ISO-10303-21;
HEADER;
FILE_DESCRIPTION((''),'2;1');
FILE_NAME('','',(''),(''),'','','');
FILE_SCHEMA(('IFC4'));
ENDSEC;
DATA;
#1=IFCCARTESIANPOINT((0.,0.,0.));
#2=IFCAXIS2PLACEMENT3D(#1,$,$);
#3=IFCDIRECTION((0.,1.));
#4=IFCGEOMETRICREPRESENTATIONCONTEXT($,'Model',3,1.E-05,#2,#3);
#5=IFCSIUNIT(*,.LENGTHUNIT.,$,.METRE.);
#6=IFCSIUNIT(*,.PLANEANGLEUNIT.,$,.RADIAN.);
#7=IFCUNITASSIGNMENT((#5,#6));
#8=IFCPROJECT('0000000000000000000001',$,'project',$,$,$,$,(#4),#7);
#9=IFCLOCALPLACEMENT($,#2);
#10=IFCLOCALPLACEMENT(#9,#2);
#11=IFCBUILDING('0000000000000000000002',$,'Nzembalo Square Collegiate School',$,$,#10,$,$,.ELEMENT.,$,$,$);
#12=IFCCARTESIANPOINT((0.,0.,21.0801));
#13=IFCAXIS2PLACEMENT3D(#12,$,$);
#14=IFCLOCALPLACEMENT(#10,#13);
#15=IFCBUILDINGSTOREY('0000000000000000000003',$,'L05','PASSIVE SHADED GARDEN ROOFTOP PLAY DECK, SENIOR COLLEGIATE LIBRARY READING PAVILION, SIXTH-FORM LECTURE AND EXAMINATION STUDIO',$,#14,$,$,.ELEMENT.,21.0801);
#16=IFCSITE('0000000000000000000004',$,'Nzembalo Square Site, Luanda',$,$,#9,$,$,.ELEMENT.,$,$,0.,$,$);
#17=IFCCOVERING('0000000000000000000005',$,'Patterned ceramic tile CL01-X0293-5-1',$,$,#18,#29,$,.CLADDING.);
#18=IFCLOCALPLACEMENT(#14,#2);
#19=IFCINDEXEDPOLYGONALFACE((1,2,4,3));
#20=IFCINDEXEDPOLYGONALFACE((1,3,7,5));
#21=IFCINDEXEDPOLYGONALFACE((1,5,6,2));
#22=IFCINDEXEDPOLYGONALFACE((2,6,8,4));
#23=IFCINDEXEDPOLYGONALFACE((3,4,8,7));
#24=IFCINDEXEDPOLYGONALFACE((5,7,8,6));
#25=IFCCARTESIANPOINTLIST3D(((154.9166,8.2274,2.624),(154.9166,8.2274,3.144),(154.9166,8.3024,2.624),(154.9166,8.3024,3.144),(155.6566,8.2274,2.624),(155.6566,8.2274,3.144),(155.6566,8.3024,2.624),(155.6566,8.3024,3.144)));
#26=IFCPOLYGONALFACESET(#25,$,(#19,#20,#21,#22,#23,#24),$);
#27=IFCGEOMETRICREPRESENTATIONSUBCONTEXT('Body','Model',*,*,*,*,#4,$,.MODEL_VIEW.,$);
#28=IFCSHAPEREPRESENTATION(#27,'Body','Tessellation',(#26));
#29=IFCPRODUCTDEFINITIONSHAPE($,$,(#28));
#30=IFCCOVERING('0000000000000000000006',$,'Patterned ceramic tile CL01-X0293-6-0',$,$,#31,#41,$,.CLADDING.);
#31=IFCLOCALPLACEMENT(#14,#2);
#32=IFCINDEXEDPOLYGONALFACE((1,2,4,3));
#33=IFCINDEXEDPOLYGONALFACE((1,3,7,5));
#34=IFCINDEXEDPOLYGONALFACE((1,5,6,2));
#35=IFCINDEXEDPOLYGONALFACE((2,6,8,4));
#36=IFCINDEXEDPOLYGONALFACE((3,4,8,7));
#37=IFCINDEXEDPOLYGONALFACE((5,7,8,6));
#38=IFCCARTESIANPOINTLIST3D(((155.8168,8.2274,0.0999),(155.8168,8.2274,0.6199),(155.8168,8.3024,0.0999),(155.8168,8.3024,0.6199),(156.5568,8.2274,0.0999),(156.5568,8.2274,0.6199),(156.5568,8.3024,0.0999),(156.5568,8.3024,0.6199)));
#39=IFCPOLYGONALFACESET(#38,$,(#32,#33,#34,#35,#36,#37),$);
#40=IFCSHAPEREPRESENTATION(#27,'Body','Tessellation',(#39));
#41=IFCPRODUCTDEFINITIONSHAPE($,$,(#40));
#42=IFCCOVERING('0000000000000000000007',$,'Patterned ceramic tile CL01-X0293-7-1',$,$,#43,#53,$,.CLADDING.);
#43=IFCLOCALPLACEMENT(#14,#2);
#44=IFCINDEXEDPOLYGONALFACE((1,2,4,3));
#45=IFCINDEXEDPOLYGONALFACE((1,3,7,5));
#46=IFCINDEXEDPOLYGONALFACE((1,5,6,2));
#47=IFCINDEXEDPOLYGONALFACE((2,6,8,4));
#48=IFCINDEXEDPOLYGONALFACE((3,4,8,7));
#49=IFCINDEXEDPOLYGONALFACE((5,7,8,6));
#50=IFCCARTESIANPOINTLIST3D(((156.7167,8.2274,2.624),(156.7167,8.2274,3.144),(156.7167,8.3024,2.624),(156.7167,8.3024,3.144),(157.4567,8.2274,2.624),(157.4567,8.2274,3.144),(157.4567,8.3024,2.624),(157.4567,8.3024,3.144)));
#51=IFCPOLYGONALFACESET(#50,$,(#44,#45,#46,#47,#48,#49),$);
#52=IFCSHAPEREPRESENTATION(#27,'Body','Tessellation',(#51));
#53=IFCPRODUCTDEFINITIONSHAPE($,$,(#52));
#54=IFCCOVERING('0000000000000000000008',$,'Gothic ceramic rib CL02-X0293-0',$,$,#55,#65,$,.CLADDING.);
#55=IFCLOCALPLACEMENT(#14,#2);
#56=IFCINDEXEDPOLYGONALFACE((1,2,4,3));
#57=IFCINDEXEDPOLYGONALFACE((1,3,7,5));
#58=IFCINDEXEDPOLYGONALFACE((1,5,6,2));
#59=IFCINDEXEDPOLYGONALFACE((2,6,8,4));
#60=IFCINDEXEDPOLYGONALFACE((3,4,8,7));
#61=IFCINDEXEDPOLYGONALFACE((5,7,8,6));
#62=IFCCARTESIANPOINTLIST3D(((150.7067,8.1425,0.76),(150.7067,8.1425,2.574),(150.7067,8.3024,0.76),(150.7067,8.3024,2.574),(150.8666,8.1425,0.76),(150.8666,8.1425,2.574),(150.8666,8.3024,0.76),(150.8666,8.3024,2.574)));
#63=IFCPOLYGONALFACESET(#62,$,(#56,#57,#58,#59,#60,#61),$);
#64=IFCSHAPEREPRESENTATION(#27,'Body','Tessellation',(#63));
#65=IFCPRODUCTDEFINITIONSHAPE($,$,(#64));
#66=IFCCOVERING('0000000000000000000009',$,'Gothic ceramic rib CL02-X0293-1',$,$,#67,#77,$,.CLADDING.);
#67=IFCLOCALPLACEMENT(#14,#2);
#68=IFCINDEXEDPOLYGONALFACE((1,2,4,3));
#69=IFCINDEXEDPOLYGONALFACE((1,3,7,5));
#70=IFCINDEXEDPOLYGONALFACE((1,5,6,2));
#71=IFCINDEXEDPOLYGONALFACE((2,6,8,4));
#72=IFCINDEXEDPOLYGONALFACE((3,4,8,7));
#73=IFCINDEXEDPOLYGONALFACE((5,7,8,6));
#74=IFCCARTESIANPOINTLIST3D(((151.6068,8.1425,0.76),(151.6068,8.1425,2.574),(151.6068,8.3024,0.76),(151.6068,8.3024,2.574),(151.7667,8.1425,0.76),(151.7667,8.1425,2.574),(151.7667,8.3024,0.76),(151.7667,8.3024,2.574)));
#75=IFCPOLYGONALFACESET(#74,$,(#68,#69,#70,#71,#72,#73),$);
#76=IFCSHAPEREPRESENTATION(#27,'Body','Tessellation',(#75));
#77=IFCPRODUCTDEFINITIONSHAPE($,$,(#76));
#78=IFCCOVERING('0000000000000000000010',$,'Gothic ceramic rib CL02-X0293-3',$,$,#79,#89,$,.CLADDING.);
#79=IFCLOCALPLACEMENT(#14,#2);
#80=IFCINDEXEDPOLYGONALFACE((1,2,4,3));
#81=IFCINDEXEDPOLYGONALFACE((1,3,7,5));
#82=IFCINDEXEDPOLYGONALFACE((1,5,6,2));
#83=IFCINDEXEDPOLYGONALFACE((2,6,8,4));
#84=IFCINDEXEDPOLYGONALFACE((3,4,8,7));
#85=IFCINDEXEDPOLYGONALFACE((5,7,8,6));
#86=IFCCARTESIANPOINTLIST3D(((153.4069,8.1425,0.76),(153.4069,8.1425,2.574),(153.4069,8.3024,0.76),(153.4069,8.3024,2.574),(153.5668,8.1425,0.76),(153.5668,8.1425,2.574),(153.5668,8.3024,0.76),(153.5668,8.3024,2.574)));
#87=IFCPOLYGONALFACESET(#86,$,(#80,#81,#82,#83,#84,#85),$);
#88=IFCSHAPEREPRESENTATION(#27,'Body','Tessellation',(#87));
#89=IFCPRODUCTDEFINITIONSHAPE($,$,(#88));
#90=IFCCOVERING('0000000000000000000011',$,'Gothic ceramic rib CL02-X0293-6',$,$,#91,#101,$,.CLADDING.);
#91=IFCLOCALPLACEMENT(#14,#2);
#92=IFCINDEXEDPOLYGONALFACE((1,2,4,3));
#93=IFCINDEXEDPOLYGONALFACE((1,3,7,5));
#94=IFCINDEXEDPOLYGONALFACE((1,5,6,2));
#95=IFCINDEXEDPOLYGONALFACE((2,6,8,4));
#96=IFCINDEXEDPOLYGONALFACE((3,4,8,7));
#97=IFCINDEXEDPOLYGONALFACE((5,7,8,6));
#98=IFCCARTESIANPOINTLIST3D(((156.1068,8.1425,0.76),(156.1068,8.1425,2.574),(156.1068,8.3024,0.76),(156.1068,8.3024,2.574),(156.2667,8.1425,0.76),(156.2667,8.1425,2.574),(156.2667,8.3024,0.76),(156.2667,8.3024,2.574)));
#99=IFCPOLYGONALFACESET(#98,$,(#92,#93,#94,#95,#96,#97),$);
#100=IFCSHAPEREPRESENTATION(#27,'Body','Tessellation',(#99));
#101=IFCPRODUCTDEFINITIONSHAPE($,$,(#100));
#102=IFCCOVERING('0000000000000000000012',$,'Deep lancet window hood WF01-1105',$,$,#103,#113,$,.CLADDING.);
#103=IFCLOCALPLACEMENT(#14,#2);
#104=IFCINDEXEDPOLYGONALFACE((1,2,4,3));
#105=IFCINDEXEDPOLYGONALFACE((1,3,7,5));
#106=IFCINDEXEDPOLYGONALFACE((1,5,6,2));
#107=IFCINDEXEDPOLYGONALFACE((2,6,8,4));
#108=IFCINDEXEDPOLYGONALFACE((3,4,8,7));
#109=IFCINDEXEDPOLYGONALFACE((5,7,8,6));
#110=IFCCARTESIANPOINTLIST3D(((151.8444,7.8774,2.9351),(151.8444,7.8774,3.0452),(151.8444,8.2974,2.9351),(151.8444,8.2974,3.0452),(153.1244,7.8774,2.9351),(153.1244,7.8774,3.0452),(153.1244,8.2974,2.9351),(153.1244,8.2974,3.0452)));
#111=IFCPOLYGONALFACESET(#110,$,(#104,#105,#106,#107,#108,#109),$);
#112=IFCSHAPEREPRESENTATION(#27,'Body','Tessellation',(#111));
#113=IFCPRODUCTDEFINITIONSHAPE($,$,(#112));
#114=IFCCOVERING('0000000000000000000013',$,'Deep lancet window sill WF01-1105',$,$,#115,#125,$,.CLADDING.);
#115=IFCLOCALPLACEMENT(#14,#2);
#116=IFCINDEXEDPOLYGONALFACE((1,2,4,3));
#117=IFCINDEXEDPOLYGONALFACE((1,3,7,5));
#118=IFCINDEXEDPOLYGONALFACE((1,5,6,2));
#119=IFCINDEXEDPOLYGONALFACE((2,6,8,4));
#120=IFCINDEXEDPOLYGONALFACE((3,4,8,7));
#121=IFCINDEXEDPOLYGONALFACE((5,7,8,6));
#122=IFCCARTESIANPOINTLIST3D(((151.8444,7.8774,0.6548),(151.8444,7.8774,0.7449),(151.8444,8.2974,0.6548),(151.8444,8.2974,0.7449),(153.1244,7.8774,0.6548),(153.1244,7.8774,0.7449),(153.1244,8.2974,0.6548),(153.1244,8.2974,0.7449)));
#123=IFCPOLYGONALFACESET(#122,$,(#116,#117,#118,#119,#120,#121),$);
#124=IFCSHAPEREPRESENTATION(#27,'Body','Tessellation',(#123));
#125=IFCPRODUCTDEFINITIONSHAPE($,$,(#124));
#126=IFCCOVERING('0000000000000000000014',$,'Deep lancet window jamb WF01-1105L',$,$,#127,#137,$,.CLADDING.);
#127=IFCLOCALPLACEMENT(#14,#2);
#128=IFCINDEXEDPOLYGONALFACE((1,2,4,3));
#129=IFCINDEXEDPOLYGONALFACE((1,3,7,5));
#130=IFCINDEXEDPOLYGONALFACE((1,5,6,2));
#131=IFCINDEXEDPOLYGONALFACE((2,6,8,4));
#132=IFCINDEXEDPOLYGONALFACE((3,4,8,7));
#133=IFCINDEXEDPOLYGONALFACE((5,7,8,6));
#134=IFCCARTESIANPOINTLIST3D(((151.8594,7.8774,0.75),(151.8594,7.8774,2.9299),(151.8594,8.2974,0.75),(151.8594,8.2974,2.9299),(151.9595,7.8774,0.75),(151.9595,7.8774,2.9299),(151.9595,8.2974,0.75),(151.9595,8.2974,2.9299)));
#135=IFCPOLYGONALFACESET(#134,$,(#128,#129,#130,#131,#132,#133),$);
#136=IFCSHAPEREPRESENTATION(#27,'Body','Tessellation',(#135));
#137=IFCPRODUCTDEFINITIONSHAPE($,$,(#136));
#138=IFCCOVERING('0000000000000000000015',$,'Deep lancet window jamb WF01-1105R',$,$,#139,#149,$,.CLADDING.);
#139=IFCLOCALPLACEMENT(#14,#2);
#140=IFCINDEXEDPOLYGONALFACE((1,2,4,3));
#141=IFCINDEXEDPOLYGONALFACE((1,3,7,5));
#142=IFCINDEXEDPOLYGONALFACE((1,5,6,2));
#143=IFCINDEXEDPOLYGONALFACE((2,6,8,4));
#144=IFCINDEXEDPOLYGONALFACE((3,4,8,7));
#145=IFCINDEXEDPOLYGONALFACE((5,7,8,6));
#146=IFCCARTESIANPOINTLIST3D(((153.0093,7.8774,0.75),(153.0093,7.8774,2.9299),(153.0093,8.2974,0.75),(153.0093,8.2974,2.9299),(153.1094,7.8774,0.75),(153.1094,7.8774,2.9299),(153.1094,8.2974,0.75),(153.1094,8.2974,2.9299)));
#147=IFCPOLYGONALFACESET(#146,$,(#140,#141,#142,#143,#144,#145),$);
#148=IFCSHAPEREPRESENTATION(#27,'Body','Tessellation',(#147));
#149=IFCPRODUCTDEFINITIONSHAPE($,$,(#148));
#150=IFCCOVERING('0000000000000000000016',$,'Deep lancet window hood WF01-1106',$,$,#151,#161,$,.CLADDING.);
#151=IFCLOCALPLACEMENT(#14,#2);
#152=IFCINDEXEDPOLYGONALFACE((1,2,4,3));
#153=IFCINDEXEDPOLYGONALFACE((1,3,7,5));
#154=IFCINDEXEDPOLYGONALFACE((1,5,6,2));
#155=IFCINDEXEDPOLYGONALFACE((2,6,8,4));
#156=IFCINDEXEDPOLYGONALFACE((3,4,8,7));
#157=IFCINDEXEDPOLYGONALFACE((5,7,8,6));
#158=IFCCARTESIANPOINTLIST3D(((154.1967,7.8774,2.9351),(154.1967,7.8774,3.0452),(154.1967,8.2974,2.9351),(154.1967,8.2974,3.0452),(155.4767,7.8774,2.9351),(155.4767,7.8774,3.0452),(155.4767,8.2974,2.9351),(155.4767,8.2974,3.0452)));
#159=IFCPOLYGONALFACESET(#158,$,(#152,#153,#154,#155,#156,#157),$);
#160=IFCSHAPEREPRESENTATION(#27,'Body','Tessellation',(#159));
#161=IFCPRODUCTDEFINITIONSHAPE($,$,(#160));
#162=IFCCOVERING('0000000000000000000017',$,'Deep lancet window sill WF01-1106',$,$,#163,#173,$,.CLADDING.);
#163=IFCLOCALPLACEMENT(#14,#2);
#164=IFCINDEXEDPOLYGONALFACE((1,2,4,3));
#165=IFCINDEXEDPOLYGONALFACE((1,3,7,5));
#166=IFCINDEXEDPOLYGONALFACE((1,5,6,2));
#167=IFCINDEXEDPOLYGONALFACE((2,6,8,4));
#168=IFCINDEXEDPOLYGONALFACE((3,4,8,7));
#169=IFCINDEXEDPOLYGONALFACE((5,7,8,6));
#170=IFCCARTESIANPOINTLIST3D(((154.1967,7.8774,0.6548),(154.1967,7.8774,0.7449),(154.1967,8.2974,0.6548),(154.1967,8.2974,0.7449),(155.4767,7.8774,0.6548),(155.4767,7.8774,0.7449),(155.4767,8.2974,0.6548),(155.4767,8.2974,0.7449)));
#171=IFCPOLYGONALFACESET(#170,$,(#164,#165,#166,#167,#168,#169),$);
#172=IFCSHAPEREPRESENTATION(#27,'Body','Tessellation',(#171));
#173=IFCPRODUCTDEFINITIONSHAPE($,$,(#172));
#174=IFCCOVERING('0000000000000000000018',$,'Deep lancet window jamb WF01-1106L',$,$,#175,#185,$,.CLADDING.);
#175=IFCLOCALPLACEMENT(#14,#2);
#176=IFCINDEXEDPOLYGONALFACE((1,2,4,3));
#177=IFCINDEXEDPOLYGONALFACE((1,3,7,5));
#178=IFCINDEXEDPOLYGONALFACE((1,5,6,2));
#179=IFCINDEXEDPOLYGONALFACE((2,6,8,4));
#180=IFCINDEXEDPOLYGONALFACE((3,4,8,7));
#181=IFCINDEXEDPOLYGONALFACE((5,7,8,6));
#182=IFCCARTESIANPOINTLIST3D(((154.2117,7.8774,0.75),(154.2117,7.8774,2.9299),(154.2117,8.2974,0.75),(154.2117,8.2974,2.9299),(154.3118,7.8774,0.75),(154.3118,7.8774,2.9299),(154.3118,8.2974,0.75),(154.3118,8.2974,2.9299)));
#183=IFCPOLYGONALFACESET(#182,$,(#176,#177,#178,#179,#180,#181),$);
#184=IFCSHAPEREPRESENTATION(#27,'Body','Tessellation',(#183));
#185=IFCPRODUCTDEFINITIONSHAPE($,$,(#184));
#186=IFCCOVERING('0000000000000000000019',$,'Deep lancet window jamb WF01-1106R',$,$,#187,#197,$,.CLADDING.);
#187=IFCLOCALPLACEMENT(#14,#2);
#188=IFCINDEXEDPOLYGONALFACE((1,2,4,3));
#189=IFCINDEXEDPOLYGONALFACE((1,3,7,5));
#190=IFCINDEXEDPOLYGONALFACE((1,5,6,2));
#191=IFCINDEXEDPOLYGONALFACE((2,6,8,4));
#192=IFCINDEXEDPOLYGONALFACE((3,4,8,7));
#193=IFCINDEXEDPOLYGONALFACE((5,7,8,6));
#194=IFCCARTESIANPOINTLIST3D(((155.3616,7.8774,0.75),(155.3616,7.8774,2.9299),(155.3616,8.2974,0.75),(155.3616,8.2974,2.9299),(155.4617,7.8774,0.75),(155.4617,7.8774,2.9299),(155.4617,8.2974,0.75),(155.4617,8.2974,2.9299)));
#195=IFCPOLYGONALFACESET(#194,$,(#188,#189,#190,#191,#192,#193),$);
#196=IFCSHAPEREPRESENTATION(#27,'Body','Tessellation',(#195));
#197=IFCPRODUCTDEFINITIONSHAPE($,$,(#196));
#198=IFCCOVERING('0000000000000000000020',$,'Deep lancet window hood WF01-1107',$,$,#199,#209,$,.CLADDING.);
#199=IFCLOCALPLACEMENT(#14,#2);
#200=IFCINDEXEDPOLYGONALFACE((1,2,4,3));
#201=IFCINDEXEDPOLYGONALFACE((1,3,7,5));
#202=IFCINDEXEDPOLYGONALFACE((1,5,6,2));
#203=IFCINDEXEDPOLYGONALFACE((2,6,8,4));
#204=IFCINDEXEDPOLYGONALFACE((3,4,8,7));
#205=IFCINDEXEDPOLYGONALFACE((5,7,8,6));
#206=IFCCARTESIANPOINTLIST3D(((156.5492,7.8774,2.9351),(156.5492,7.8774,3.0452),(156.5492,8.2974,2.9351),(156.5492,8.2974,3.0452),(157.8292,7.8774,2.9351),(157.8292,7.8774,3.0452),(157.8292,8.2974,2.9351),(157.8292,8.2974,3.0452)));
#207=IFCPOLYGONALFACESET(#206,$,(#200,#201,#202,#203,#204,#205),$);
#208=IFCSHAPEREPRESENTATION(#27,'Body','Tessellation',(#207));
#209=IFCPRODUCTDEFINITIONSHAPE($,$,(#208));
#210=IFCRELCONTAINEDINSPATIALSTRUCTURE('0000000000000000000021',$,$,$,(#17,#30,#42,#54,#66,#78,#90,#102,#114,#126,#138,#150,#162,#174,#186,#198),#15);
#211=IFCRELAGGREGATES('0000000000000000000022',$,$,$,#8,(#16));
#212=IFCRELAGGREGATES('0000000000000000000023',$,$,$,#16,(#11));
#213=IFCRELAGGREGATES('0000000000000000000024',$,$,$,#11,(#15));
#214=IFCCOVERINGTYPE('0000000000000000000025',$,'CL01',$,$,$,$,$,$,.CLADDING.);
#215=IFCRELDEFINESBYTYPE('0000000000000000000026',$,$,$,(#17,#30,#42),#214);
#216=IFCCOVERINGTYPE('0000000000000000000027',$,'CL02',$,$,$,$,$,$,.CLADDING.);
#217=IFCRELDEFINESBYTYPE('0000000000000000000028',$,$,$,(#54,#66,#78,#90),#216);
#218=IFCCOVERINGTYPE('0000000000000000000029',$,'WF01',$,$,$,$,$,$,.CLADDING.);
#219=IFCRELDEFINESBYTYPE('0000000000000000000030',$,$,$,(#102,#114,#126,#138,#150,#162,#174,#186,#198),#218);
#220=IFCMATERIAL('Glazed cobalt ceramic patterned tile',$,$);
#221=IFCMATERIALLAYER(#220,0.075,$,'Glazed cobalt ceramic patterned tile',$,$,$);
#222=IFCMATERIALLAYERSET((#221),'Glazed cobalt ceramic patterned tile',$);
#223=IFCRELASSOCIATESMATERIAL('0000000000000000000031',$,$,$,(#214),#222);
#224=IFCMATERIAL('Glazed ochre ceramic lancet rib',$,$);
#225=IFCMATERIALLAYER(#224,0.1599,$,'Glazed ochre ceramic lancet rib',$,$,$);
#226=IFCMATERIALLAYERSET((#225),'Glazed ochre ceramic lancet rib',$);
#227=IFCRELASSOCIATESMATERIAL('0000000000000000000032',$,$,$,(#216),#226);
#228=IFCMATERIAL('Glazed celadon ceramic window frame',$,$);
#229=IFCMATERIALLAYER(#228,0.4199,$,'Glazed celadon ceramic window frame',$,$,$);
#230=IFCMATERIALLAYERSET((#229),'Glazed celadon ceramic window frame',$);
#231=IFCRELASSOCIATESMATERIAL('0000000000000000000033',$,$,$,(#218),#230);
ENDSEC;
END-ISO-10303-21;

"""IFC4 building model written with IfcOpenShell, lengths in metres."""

from ifc_helpers import new_model, si_unit, direction, frame, origin, origin_2d, place, context, subcontext, project, spatial, rectangle, extrude, material, layer, layer_set, type_object, element, save


model = new_model("IFC4")

# Units and contexts
model_context = context("Model", 3, precision=1e-05, world=origin(), true_north=direction((0.0, 1.0)))
body_context = subcontext(model_context, "Body", "Model", "MODEL_VIEW")
ifc_project = project(units=[si_unit("LENGTHUNIT", "METRE"), si_unit("PLANEANGLEUNIT", "RADIAN")], contexts=[model_context])

# Site, building, storey
site_placement = place(None, origin())
site = spatial("IfcSite", under=ifc_project, at=site_placement, Name="Nzembalo Square Site, Luanda", CompositionType="ELEMENT", RefElevation=0.0)
building_placement = place(site_placement, origin())
building = spatial("IfcBuilding", under=site, at=building_placement, Name="Nzembalo Square Collegiate School", CompositionType="ELEMENT")
storey_placement = place(building_placement, frame((0.0, 0.0, 21.0801)))
storey = spatial("IfcBuildingStorey", under=building, at=storey_placement, Name="L05", Description="PASSIVE SHADED GARDEN ROOFTOP PLAY DECK, SENIOR COLLEGIATE LIBRARY READING PAVILION, SIXTH-FORM LECTURE AND EXAMINATION STUDIO", CompositionType="ELEMENT", Elevation=21.0801)

# Coverings
ifc_material_1 = material(Name="Glazed cobalt ceramic patterned tile")
ifc_layer_1 = layer(ifc_material_1, 0.075, Name="Glazed cobalt ceramic patterned tile")
ifc_layer_set_1 = layer_set([ifc_layer_1], Name="Glazed cobalt ceramic patterned tile")
covering_type_1 = type_object("IfcCoveringType", Name="CL01", PredefinedType="CLADDING", material=ifc_layer_set_1)
for number, where, z_axis, x_axis, name in (
    (1, (155.2866, 8.2649, 2.624), (0.0, 0.0, 1.0), (1.0, 0.0, 0.0), "Patterned ceramic tile CL01-X0293-5-1"),
    (2, (156.1868, 8.2649, 0.0999), (0.0, 0.0, 1.0), (1.0, 0.0, 0.0), "Patterned ceramic tile CL01-X0293-6-0"),
    (3, (157.0867, 8.2649, 2.624), (0.0, 0.0, 1.0), (1.0, 0.0, 0.0), "Patterned ceramic tile CL01-X0293-7-1"),
):
    element("IfcCovering", number, at=place(storey_placement, frame(where, z_axis=z_axis, x_axis=x_axis)), inside=storey, type_object=covering_type_1, Name=name, PredefinedType="CLADDING", context=body_context, shape_type="SweptSolid", body=[
        extrude(rectangle(XDim=0.74, YDim=0.075, at=origin_2d()), origin(), (0.0, 0.0, 1.0), 0.52),
    ])
ifc_material_2 = material(Name="Glazed ochre ceramic lancet rib")
ifc_layer_2 = layer(ifc_material_2, 0.1599, Name="Glazed ochre ceramic lancet rib")
ifc_layer_set_2 = layer_set([ifc_layer_2], Name="Glazed ochre ceramic lancet rib")
covering_type_2 = type_object("IfcCoveringType", Name="CL02", PredefinedType="CLADDING", material=ifc_layer_set_2)
for number, where, z_axis, x_axis, name in (
    (4, (150.7866, 8.2224, 0.76), (0.0, 0.0, 1.0), (1.0, 0.0, 0.0), "Gothic ceramic rib CL02-X0293-0"),
    (5, (151.6868, 8.2224, 0.76), (0.0, 0.0, 1.0), (1.0, 0.0, 0.0), "Gothic ceramic rib CL02-X0293-1"),
    (6, (153.4868, 8.2224, 0.76), (0.0, 0.0, 1.0), (1.0, 0.0, 0.0), "Gothic ceramic rib CL02-X0293-3"),
    (7, (156.1868, 8.2224, 0.76), (0.0, 0.0, 1.0), (1.0, 0.0, 0.0), "Gothic ceramic rib CL02-X0293-6"),
):
    element("IfcCovering", number, at=place(storey_placement, frame(where, z_axis=z_axis, x_axis=x_axis)), inside=storey, type_object=covering_type_2, Name=name, PredefinedType="CLADDING", context=body_context, shape_type="SweptSolid", body=[
        extrude(rectangle(XDim=0.1599, YDim=0.1599, at=origin_2d()), origin(), (0.0, 0.0, 1.0), 1.814),
    ])
ifc_material_3 = material(Name="Glazed celadon ceramic window frame")
ifc_layer_3 = layer(ifc_material_3, 0.4199, Name="Glazed celadon ceramic window frame")
ifc_layer_set_3 = layer_set([ifc_layer_3], Name="Glazed celadon ceramic window frame")
covering_type_3 = type_object("IfcCoveringType", Name="WF01", PredefinedType="CLADDING", material=ifc_layer_set_3)
covering_1_placement = place(storey_placement, frame((152.4844, 8.0874, 2.9351), z_axis=(0.0, 0.0, 1.0), x_axis=(1.0, 0.0, 0.0)))
element("IfcCovering", 8, at=covering_1_placement, inside=storey, type_object=covering_type_3, Name="Deep lancet window hood WF01-1105", PredefinedType="CLADDING", context=body_context, shape_type="SweptSolid", body=[
    extrude(rectangle(XDim=1.28, YDim=0.4199, at=origin_2d()), origin(), (0.0, 0.0, 1.0), 0.1101),
])
covering_2_placement = place(storey_placement, frame((152.4844, 8.0874, 0.6548), z_axis=(0.0, 0.0, 1.0), x_axis=(1.0, 0.0, 0.0)))
element("IfcCovering", 9, at=covering_2_placement, inside=storey, type_object=covering_type_3, Name="Deep lancet window sill WF01-1105", PredefinedType="CLADDING", context=body_context, shape_type="SweptSolid", body=[
    extrude(rectangle(XDim=1.28, YDim=0.4199, at=origin_2d()), origin(), (0.0, 0.0, 1.0), 0.0901),
])
for number, where, z_axis, x_axis, name in (
    (10, (151.9094, 8.0874, 0.75), (0.0, 0.0, 1.0), (1.0, 0.0, 0.0), "Deep lancet window jamb WF01-1105L"),
    (11, (153.0593, 8.0874, 0.75), (0.0, 0.0, 1.0), (1.0, 0.0, 0.0), "Deep lancet window jamb WF01-1105R"),
):
    element("IfcCovering", number, at=place(storey_placement, frame(where, z_axis=z_axis, x_axis=x_axis)), inside=storey, type_object=covering_type_3, Name=name, PredefinedType="CLADDING", context=body_context, shape_type="SweptSolid", body=[
        extrude(rectangle(XDim=0.1001, YDim=0.4199, at=origin_2d()), origin(), (0.0, 0.0, 1.0), 2.1799),
    ])
covering_3_placement = place(storey_placement, frame((154.8367, 8.0874, 2.9351), z_axis=(0.0, 0.0, 1.0), x_axis=(1.0, 0.0, 0.0)))
element("IfcCovering", 12, at=covering_3_placement, inside=storey, type_object=covering_type_3, Name="Deep lancet window hood WF01-1106", PredefinedType="CLADDING", context=body_context, shape_type="SweptSolid", body=[
    extrude(rectangle(XDim=1.28, YDim=0.4199, at=origin_2d()), origin(), (0.0, 0.0, 1.0), 0.1101),
])
covering_4_placement = place(storey_placement, frame((154.8367, 8.0874, 0.6548), z_axis=(0.0, 0.0, 1.0), x_axis=(1.0, 0.0, 0.0)))
element("IfcCovering", 13, at=covering_4_placement, inside=storey, type_object=covering_type_3, Name="Deep lancet window sill WF01-1106", PredefinedType="CLADDING", context=body_context, shape_type="SweptSolid", body=[
    extrude(rectangle(XDim=1.28, YDim=0.4199, at=origin_2d()), origin(), (0.0, 0.0, 1.0), 0.0901),
])
for number, where, z_axis, x_axis, name in (
    (14, (154.2617, 8.0874, 0.75), (0.0, 0.0, 1.0), (1.0, 0.0, 0.0), "Deep lancet window jamb WF01-1106L"),
    (15, (155.4116, 8.0874, 0.75), (0.0, 0.0, 1.0), (1.0, 0.0, 0.0), "Deep lancet window jamb WF01-1106R"),
):
    element("IfcCovering", number, at=place(storey_placement, frame(where, z_axis=z_axis, x_axis=x_axis)), inside=storey, type_object=covering_type_3, Name=name, PredefinedType="CLADDING", context=body_context, shape_type="SweptSolid", body=[
        extrude(rectangle(XDim=0.1001, YDim=0.4199, at=origin_2d()), origin(), (0.0, 0.0, 1.0), 2.1799),
    ])
covering_5_placement = place(storey_placement, frame((157.1892, 8.0874, 2.9351), z_axis=(0.0, 0.0, 1.0), x_axis=(1.0, 0.0, 0.0)))
element("IfcCovering", 16, at=covering_5_placement, inside=storey, type_object=covering_type_3, Name="Deep lancet window hood WF01-1107", PredefinedType="CLADDING", context=body_context, shape_type="SweptSolid", body=[
    extrude(rectangle(XDim=1.28, YDim=0.4199, at=origin_2d()), origin(), (0.0, 0.0, 1.0), 0.1101),
])

save(model, "model.ifc")
